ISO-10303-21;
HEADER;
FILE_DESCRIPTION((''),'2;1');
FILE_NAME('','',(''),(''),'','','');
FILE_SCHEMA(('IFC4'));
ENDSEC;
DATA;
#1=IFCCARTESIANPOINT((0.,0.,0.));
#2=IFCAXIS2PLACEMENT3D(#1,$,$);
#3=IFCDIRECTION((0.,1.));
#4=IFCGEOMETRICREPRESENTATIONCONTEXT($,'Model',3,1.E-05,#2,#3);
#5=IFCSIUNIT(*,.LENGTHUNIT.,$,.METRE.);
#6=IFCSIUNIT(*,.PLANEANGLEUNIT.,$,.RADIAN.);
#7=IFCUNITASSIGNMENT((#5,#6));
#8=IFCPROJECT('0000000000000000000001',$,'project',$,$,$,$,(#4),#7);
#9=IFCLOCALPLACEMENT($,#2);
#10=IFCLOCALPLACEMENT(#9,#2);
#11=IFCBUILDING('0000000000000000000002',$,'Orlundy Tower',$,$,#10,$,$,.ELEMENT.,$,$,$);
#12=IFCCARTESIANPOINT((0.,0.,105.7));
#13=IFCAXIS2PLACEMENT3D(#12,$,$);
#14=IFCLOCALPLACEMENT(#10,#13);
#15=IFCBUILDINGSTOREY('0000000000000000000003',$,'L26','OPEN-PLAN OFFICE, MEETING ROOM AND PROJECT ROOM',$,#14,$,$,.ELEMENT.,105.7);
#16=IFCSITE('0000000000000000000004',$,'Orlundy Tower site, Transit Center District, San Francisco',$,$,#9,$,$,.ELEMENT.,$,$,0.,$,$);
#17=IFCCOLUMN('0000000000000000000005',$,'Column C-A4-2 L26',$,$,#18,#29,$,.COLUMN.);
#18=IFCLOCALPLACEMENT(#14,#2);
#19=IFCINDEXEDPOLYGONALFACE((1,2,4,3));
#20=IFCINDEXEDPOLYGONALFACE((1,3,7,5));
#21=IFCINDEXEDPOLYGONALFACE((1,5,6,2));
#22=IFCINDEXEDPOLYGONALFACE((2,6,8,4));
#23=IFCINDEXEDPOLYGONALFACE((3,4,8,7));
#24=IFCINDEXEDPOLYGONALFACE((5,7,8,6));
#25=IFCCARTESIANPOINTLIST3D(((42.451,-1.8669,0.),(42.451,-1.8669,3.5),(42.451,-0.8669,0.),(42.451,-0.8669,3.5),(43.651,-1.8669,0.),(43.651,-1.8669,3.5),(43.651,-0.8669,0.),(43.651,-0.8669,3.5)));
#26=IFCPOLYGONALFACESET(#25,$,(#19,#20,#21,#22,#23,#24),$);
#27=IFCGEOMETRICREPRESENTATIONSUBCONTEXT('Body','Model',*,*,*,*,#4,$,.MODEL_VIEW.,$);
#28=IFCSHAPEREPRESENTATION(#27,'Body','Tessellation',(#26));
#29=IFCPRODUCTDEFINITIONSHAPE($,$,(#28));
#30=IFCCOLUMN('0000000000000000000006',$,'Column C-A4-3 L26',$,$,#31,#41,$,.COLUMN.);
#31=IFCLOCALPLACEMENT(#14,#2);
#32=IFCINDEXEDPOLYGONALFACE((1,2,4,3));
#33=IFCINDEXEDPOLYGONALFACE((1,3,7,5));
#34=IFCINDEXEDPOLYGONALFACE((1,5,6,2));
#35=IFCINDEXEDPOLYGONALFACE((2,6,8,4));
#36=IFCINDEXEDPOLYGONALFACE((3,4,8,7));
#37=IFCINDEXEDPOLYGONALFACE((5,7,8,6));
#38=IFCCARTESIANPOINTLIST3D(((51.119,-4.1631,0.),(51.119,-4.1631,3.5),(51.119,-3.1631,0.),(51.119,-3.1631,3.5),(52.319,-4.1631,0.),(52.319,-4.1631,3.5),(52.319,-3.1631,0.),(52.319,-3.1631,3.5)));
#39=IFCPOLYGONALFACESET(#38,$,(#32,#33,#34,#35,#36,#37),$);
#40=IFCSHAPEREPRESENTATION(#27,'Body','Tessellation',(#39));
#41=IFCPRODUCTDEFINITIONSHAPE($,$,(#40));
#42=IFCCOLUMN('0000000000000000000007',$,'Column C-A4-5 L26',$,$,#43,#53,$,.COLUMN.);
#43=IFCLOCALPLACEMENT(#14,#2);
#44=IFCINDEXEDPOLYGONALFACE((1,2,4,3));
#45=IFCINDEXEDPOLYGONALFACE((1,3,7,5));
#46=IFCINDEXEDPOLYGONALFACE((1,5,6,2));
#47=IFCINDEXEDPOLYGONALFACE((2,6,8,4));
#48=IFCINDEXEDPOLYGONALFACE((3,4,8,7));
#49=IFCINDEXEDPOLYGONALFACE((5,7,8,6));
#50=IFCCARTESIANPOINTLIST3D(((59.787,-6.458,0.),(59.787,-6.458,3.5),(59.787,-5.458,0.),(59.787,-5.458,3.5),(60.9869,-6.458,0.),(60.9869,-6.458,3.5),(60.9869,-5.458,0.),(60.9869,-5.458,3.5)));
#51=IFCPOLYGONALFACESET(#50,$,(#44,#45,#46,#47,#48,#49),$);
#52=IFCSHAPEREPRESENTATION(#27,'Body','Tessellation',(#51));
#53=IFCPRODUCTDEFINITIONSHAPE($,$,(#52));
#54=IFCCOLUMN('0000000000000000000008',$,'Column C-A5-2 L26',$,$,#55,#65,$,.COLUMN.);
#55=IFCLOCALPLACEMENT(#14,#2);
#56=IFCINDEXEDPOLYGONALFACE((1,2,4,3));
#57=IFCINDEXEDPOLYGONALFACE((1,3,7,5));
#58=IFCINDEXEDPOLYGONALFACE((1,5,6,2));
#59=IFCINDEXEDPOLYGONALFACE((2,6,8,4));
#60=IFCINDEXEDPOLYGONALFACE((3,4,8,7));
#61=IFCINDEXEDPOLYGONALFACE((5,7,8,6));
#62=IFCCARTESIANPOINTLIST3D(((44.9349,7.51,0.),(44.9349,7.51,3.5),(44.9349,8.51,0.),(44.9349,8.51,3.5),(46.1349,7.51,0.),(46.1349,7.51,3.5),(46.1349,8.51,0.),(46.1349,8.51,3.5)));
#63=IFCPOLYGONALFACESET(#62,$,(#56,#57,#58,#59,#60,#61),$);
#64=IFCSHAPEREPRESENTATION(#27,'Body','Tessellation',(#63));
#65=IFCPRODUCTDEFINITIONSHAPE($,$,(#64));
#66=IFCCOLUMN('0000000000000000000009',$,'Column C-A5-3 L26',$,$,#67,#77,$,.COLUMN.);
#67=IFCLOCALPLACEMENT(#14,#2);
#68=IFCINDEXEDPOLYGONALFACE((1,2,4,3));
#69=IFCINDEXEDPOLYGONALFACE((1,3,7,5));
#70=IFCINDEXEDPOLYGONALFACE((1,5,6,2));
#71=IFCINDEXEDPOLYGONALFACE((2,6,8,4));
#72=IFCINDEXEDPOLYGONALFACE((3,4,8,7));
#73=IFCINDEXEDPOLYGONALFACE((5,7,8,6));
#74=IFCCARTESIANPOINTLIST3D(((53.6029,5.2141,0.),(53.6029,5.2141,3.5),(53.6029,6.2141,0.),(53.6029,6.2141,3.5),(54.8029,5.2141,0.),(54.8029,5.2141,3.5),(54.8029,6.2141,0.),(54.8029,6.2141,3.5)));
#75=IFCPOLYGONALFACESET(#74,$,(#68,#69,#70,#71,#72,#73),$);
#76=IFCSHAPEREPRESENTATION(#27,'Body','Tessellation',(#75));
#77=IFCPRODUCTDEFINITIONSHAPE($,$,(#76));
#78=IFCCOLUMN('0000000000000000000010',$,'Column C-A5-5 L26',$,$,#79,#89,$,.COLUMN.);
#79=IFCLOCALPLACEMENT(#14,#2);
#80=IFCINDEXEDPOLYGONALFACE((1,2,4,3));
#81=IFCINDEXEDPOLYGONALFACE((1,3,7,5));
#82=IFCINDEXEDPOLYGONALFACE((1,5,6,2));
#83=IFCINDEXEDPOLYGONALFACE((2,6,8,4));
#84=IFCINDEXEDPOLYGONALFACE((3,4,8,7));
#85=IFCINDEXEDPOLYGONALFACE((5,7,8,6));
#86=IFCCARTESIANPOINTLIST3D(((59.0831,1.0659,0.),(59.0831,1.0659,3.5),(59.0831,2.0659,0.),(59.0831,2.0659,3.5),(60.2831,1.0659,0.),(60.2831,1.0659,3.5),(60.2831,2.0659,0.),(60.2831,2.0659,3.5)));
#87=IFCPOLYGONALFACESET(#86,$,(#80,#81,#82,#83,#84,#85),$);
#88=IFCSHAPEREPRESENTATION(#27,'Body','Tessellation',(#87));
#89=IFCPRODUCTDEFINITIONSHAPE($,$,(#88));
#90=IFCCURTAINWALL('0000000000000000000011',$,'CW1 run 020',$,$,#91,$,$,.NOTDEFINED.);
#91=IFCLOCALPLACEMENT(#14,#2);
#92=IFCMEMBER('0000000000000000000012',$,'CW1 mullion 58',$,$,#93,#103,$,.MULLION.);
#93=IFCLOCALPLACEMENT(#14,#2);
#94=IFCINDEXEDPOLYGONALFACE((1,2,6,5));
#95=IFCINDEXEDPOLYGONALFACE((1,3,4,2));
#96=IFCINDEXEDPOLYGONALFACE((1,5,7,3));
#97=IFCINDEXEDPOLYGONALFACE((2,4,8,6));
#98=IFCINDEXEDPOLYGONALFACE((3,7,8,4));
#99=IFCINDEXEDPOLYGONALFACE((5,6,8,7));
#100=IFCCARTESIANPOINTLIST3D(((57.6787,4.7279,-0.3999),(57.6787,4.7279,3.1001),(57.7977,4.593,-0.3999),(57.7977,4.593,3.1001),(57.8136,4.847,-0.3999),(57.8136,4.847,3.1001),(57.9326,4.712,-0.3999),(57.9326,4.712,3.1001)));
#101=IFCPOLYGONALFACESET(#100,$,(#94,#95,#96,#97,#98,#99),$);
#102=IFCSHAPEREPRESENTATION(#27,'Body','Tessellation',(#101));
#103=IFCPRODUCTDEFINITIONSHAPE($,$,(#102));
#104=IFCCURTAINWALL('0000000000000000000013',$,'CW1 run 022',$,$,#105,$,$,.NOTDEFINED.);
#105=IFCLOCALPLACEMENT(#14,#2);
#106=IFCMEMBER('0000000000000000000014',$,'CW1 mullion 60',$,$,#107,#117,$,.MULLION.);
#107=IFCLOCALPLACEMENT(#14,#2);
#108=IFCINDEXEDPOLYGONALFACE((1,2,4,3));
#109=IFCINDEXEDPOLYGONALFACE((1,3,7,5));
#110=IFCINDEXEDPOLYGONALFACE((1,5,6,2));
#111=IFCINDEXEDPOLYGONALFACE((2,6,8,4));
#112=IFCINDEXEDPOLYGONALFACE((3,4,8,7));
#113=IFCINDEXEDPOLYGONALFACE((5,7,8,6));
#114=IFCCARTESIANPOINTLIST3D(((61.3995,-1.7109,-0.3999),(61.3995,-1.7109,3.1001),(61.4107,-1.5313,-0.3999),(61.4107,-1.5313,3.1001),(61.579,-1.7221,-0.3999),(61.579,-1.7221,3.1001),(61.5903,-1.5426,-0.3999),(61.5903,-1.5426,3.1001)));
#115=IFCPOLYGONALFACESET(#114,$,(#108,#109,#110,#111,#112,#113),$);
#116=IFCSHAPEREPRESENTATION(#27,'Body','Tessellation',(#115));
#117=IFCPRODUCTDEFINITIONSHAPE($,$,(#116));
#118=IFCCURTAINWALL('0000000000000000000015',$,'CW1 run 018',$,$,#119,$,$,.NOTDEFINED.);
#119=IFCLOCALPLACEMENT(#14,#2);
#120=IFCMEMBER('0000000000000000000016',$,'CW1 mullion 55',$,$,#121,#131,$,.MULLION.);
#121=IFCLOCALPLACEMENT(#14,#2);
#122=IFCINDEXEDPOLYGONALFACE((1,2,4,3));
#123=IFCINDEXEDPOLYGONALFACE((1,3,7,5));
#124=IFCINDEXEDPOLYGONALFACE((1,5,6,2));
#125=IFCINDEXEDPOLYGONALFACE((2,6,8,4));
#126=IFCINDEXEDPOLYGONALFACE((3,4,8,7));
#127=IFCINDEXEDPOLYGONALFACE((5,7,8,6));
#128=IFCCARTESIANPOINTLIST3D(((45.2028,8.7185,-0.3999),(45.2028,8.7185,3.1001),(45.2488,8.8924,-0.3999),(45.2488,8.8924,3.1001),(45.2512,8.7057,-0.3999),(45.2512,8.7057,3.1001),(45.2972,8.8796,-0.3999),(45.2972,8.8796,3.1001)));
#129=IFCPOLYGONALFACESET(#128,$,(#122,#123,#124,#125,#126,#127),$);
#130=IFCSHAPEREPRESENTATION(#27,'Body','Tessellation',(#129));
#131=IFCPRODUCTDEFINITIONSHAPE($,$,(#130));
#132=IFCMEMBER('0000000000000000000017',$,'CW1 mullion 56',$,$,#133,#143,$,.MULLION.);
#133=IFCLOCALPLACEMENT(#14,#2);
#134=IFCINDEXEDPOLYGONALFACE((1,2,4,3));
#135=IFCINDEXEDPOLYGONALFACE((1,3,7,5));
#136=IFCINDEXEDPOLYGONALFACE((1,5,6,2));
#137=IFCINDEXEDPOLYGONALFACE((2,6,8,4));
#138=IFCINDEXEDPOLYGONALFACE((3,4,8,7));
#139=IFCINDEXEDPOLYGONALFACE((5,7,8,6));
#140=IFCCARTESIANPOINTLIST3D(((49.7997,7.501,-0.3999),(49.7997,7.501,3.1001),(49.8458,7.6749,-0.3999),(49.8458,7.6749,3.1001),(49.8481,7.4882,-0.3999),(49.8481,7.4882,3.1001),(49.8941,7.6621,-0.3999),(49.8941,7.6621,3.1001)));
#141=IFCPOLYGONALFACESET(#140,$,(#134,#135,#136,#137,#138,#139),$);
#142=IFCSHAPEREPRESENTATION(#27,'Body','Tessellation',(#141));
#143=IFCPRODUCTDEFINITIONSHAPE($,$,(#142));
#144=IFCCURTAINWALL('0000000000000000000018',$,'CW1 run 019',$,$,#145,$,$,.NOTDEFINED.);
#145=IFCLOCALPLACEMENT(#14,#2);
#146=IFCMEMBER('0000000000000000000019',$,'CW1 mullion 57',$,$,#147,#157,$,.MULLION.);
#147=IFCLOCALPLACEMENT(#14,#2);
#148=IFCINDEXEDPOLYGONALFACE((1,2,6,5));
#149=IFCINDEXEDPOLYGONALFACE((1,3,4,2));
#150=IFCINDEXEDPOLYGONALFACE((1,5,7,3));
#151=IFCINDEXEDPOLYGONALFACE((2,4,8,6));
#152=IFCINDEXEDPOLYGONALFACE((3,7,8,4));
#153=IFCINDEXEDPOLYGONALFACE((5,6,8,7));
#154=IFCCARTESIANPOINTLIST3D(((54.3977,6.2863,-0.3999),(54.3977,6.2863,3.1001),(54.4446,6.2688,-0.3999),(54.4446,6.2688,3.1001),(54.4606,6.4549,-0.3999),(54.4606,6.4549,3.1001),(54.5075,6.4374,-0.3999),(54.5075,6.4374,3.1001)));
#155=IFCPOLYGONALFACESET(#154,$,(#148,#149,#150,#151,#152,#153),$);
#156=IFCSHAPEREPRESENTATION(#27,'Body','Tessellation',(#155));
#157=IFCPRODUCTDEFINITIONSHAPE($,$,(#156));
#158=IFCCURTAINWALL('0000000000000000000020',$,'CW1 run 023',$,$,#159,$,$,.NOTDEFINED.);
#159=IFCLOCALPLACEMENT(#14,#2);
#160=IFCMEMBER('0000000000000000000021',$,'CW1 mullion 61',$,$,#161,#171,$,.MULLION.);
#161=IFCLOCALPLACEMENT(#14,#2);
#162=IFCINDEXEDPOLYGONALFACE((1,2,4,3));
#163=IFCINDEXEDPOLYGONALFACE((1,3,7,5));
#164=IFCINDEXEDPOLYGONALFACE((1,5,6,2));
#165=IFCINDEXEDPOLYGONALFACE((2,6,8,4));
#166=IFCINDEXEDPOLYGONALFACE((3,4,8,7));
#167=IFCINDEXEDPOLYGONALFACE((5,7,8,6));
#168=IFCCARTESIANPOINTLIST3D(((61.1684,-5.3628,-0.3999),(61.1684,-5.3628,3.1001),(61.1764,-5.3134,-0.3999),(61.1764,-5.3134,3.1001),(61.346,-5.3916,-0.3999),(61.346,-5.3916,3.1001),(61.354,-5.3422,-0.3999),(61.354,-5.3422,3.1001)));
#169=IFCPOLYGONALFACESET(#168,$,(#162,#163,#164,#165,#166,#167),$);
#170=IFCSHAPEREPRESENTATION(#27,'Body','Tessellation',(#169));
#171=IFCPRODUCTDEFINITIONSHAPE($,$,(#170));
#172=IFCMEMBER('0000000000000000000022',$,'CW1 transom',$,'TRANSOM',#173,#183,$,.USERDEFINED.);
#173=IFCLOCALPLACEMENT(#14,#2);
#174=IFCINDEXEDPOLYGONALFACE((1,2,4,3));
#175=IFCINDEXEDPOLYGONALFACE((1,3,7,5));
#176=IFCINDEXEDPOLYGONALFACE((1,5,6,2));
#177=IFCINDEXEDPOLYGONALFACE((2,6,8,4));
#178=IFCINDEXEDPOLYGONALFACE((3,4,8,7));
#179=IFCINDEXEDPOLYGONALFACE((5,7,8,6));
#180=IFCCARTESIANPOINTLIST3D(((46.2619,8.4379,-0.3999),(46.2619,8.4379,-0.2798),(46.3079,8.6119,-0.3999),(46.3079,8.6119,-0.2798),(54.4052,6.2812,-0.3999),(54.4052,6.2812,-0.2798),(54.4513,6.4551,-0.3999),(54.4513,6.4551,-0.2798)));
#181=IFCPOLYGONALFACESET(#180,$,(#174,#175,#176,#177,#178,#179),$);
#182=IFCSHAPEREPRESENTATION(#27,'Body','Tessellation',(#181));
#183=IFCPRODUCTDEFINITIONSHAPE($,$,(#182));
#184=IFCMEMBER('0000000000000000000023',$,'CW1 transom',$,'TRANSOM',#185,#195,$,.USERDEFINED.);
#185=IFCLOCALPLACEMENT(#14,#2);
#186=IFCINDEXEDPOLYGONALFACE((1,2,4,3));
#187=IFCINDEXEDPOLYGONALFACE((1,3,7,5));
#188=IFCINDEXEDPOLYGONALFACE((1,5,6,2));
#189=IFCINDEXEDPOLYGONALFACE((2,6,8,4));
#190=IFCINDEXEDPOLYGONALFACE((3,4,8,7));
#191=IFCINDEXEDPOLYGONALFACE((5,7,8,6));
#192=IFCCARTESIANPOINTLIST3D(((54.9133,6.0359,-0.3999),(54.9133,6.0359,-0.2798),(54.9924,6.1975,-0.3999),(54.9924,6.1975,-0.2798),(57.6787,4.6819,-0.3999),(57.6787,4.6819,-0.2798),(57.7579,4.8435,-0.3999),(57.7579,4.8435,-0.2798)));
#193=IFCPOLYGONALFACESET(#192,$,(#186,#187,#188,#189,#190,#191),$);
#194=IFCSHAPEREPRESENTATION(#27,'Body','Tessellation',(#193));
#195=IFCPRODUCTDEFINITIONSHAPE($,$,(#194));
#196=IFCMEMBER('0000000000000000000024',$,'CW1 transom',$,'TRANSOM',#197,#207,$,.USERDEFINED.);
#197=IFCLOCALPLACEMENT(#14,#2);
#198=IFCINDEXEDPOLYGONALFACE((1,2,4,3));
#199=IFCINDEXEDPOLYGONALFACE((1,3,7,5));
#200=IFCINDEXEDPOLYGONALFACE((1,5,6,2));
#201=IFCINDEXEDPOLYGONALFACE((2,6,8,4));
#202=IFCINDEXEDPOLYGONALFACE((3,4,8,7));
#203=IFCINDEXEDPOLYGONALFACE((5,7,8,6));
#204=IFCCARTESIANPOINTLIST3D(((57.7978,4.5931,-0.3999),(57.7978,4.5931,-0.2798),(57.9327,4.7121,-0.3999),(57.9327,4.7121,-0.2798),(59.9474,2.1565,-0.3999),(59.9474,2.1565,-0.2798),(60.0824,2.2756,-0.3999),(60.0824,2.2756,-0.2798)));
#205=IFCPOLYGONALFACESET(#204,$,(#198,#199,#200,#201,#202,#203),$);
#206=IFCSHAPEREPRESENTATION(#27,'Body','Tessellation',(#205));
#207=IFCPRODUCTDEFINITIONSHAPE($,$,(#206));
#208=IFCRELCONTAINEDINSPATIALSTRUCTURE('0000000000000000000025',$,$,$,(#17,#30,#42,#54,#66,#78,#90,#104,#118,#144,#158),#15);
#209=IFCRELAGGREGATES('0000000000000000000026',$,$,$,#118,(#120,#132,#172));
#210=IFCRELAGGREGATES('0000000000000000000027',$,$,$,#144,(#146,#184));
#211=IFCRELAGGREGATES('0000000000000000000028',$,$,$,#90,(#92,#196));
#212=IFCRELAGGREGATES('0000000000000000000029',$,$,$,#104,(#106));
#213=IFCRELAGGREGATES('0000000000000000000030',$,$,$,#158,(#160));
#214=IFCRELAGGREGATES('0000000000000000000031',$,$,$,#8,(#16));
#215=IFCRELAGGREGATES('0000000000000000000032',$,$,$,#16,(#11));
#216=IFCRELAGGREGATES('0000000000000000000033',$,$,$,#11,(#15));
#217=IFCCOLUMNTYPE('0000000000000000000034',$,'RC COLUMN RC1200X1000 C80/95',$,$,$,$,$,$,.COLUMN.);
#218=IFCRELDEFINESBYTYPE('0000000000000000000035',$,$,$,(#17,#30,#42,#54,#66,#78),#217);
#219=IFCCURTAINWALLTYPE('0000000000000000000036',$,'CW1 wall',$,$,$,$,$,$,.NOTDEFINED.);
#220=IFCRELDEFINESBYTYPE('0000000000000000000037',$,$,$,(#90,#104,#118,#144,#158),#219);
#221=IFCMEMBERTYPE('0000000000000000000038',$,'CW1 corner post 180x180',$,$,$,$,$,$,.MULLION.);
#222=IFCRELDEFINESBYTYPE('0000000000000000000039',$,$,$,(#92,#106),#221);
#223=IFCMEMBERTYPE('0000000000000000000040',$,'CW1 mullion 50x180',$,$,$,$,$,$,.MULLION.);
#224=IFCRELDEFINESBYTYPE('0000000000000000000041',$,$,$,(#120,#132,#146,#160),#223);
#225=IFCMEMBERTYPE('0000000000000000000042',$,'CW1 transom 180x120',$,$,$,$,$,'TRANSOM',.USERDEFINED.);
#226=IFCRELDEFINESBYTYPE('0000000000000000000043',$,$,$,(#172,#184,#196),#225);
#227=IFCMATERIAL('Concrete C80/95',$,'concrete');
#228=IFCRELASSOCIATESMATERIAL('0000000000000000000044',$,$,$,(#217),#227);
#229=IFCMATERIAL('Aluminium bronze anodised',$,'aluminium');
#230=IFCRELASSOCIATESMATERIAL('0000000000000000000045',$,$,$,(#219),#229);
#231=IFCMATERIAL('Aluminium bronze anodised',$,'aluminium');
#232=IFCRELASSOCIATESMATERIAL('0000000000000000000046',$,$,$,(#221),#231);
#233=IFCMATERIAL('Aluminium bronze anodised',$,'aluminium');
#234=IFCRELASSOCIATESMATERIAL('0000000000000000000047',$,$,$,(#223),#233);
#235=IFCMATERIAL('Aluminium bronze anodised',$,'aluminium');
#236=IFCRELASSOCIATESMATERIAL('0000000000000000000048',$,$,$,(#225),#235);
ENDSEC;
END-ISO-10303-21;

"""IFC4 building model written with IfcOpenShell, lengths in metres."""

from ifc_helpers import new_model, si_unit, direction, frame, origin, origin_2d, place, context, subcontext, project, spatial, rectangle, extrude, material, material_profile, profile_set, type_object, element, aggregate, save


model = new_model("IFC4")

# Units and contexts
model_context = context("Model", 3, precision=1e-05, world=origin(), true_north=direction((0.0, 1.0)))
body_context = subcontext(model_context, "Body", "Model", "MODEL_VIEW")
ifc_project = project(units=[si_unit("LENGTHUNIT", "METRE"), si_unit("PLANEANGLEUNIT", "RADIAN")], contexts=[model_context])

# Site, building, storey
site_placement = place(None, origin())
site = spatial("IfcSite", under=ifc_project, at=site_placement, Name="Orlundy Tower site, Transit Center District, San Francisco", CompositionType="ELEMENT", RefElevation=0.0)
building_placement = place(site_placement, origin())
building = spatial("IfcBuilding", under=site, at=building_placement, Name="Orlundy Tower", CompositionType="ELEMENT")
storey_placement = place(building_placement, frame((0.0, 0.0, 105.7)))
storey = spatial("IfcBuildingStorey", under=building, at=storey_placement, Name="L26", Description="OPEN-PLAN OFFICE, MEETING ROOM AND PROJECT ROOM", CompositionType="ELEMENT", Elevation=105.7)

# Columns
ifc_material_1 = material(Name="Concrete C80/95", Category="concrete")
ifc_material_profile_1 = material_profile(ifc_material_1, rectangle(XDim=1.2, YDim=1.0, at=origin_2d()), Name="RC1200X1000")
ifc_profile_set_1 = profile_set([ifc_material_profile_1], Name="Concrete C80/95")
column_type = type_object("IfcColumnType", Name="RC COLUMN RC1200X1000 C80/95", PredefinedType="COLUMN", material=ifc_profile_set_1)
for number, where, z_axis, x_axis, name in (
    (1, (43.051, -1.3669, 0.0), (0.0, 0.0, 1.0), (1.0, 0.0, 0.0), "Column C-A4-2 L26"),
    (2, (51.719, -3.6631, 0.0), (0.0, 0.0, 1.0), (1.0, 0.0, 0.0), "Column C-A4-3 L26"),
    (3, (60.387, -5.958, 0.0), (0.0, 0.0, 1.0), (1.0, 0.0, 0.0), "Column C-A4-5 L26"),
    (4, (45.5349, 8.01, 0.0), (0.0, 0.0, 1.0), (1.0, 0.0, 0.0), "Column C-A5-2 L26"),
    (5, (54.2029, 5.7141, 0.0), (0.0, 0.0, 1.0), (1.0, 0.0, 0.0), "Column C-A5-3 L26"),
    (6, (59.6831, 1.5659, 0.0), (0.0, 0.0, 1.0), (1.0, 0.0, 0.0), "Column C-A5-5 L26"),
):
    element("IfcColumn", number, at=place(storey_placement, frame(where, z_axis=z_axis, x_axis=x_axis)), inside=storey, type_object=column_type, Name=name, PredefinedType="COLUMN", context=body_context, shape_type="SweptSolid", body=[
        extrude(rectangle(XDim=1.2, YDim=1.0, at=origin_2d()), origin(), (0.0, 0.0, 1.0), 3.5),
    ])

# Curtain walls, members
ifc_material_2 = material(Name="Aluminium bronze anodised", Category="aluminium")
curtain_wall_type = type_object("IfcCurtainWallType", Name="CW1 wall", PredefinedType="NOTDEFINED", material=ifc_material_2)
curtain_wall_1_placement = place(storey_placement, origin())
curtain_wall_1 = element("IfcCurtainWall", 7, at=curtain_wall_1_placement, inside=storey, type_object=curtain_wall_type, Name="CW1 run 020", PredefinedType="NOTDEFINED")
ifc_material_3 = material(Name="Aluminium bronze anodised", Category="aluminium")
ifc_material_profile_2 = material_profile(ifc_material_3, rectangle(XDim=0.1799, YDim=0.1799, at=origin_2d()), Name="CW1 corner post 180x180")
ifc_profile_set_2 = profile_set([ifc_material_profile_2], Name="Aluminium bronze anodised")
member_type_1 = type_object("IfcMemberType", Name="CW1 corner post 180x180", PredefinedType="MULLION", material=ifc_profile_set_2)
member_1_placement = place(storey_placement, frame((57.8057, 4.72, -0.3999), z_axis=(0.0, 0.0, 1.0), x_axis=(0.749846, 0.661613, 0.0)))
member_1 = element("IfcMember", 8, at=member_1_placement, type_object=member_type_1, Name="CW1 mullion 58", PredefinedType="MULLION", context=body_context, shape_type="SweptSolid", body=[
    extrude(rectangle(XDim=0.1799, YDim=0.1799, at=origin_2d()), origin(), (0.0, 0.0, 1.0), 3.5),
])
curtain_wall_2_placement = place(storey_placement, origin())
curtain_wall_2 = element("IfcCurtainWall", 9, at=curtain_wall_2_placement, inside=storey, type_object=curtain_wall_type, Name="CW1 run 022", PredefinedType="NOTDEFINED")
member_2_placement = place(storey_placement, frame((61.4949, -1.6267, -0.3999), z_axis=(0.0, 0.0, 1.0), x_axis=(0.998039, -0.062597, 0.0)))
member_2 = element("IfcMember", 10, at=member_2_placement, type_object=member_type_1, Name="CW1 mullion 60", PredefinedType="MULLION", context=body_context, shape_type="SweptSolid", body=[
    extrude(rectangle(XDim=0.1799, YDim=0.1799, at=origin_2d()), origin(), (0.0, 0.0, 1.0), 3.5),
])

# Curtain wall, members
curtain_wall_3_placement = place(storey_placement, origin())
curtain_wall_3 = element("IfcCurtainWall", 11, at=curtain_wall_3_placement, inside=storey, type_object=curtain_wall_type, Name="CW1 run 018", PredefinedType="NOTDEFINED")
ifc_material_4 = material(Name="Aluminium bronze anodised", Category="aluminium")
ifc_material_profile_3 = material_profile(ifc_material_4, rectangle(XDim=0.1799, YDim=0.05, at=origin_2d()), Name="CW1 mullion 50x180")
ifc_profile_set_3 = profile_set([ifc_material_profile_3], Name="Aluminium bronze anodised")
member_type_2 = type_object("IfcMemberType", Name="CW1 mullion 50x180", PredefinedType="MULLION", material=ifc_profile_set_3)
member_3_placement = place(storey_placement, frame((45.25, 8.7991, -0.3999), z_axis=(0.0, 0.0, 1.0), x_axis=(0.25602, 0.966672, 0.0)))
member_3 = element("IfcMember", 12, at=member_3_placement, type_object=member_type_2, Name="CW1 mullion 55", PredefinedType="MULLION", context=body_context, shape_type="SweptSolid", body=[
    extrude(rectangle(XDim=0.1799, YDim=0.05, at=origin_2d()), origin(), (0.0, 0.0, 1.0), 3.5),
])
member_4_placement = place(storey_placement, frame((49.8469, 7.5815, -0.3999), z_axis=(0.0, 0.0, 1.0), x_axis=(0.25602, 0.966672, 0.0)))
member_4 = element("IfcMember", 13, at=member_4_placement, type_object=member_type_2, Name="CW1 mullion 56", PredefinedType="MULLION", context=body_context, shape_type="SweptSolid", body=[
    extrude(rectangle(XDim=0.1799, YDim=0.05, at=origin_2d()), origin(), (0.0, 0.0, 1.0), 3.5),
])

# Curtain walls, members
curtain_wall_4_placement = place(storey_placement, origin())
curtain_wall_4 = element("IfcCurtainWall", 14, at=curtain_wall_4_placement, inside=storey, type_object=curtain_wall_type, Name="CW1 run 019", PredefinedType="NOTDEFINED")
member_5_placement = place(storey_placement, frame((54.4526, 6.3618, -0.3999), z_axis=(0.0, 0.0, 1.0), x_axis=(0.34957, 0.93691, 0.0)))
member_5 = element("IfcMember", 15, at=member_5_placement, type_object=member_type_2, Name="CW1 mullion 57", PredefinedType="MULLION", context=body_context, shape_type="SweptSolid", body=[
    extrude(rectangle(XDim=0.1799, YDim=0.05, at=origin_2d()), origin(), (0.0, 0.0, 1.0), 3.5),
])
curtain_wall_5_placement = place(storey_placement, origin())
curtain_wall_5 = element("IfcCurtainWall", 16, at=curtain_wall_5_placement, inside=storey, type_object=curtain_wall_type, Name="CW1 run 023", PredefinedType="NOTDEFINED")
member_6_placement = place(storey_placement, frame((61.2612, -5.3525, -0.3999), z_axis=(0.0, 0.0, 1.0), x_axis=(0.987107, -0.160064, 0.0)))
member_6 = element("IfcMember", 17, at=member_6_placement, type_object=member_type_2, Name="CW1 mullion 61", PredefinedType="MULLION", context=body_context, shape_type="SweptSolid", body=[
    extrude(rectangle(XDim=0.1799, YDim=0.05, at=origin_2d()), origin(), (0.0, 0.0, 1.0), 3.5),
])

# Members
ifc_material_5 = material(Name="Aluminium bronze anodised", Category="aluminium")
ifc_material_profile_4 = material_profile(ifc_material_5, rectangle(XDim=0.1799, YDim=0.1201, at=origin_2d()), Name="CW1 transom 180x120")
ifc_profile_set_4 = profile_set([ifc_material_profile_4], Name="Aluminium bronze anodised")
member_type_3 = type_object("IfcMemberType", Name="CW1 transom 180x120", ElementType="TRANSOM", PredefinedType="USERDEFINED", material=ifc_profile_set_4)
member_7_placement = place(storey_placement, frame((46.2849, 8.5249, -0.3398), z_axis=(0.966671, -0.256021, 0.0), x_axis=(0.256021, 0.966671, 0.0)))
member_7 = element("IfcMember", 18, at=member_7_placement, type_object=member_type_3, Name="CW1 transom", ObjectType="TRANSOM", PredefinedType="USERDEFINED", context=body_context, shape_type="SweptSolid", body=[
    extrude(rectangle(XDim=0.1799, YDim=0.1201, at=origin_2d()), origin(), (0.0, 0.0, 1.0), 8.4241),
])
member_8_placement = place(storey_placement, frame((54.9529, 6.1167, -0.3398), z_axis=(0.898123, -0.439745, 0.0), x_axis=(0.439745, 0.898123, 0.0)))
member_8 = element("IfcMember", 19, at=member_8_placement, type_object=member_type_3, Name="CW1 transom", ObjectType="TRANSOM", PredefinedType="USERDEFINED", context=body_context, shape_type="SweptSolid", body=[
    extrude(rectangle(XDim=0.1799, YDim=0.1201, at=origin_2d()), origin(), (0.0, 0.0, 1.0), 3.0791),
])
member_9_placement = place(storey_placement, frame((57.8652, 4.6526, -0.3398), z_axis=(0.661584, -0.749871, 0.0), x_axis=(0.749871, 0.661584, 0.0)))
member_9 = element("IfcMember", 20, at=member_9_placement, type_object=member_type_3, Name="CW1 transom", ObjectType="TRANSOM", PredefinedType="USERDEFINED", context=body_context, shape_type="SweptSolid", body=[
    extrude(rectangle(XDim=0.1799, YDim=0.1201, at=origin_2d()), origin(), (0.0, 0.0, 1.0), 3.2493),
])

aggregate(curtain_wall_3, [member_3, member_4, member_7])
aggregate(curtain_wall_4, [member_5, member_8])
aggregate(curtain_wall_1, [member_1, member_9])
aggregate(curtain_wall_2, [member_2])
aggregate(curtain_wall_5, [member_6])

save(model, "model.ifc")
